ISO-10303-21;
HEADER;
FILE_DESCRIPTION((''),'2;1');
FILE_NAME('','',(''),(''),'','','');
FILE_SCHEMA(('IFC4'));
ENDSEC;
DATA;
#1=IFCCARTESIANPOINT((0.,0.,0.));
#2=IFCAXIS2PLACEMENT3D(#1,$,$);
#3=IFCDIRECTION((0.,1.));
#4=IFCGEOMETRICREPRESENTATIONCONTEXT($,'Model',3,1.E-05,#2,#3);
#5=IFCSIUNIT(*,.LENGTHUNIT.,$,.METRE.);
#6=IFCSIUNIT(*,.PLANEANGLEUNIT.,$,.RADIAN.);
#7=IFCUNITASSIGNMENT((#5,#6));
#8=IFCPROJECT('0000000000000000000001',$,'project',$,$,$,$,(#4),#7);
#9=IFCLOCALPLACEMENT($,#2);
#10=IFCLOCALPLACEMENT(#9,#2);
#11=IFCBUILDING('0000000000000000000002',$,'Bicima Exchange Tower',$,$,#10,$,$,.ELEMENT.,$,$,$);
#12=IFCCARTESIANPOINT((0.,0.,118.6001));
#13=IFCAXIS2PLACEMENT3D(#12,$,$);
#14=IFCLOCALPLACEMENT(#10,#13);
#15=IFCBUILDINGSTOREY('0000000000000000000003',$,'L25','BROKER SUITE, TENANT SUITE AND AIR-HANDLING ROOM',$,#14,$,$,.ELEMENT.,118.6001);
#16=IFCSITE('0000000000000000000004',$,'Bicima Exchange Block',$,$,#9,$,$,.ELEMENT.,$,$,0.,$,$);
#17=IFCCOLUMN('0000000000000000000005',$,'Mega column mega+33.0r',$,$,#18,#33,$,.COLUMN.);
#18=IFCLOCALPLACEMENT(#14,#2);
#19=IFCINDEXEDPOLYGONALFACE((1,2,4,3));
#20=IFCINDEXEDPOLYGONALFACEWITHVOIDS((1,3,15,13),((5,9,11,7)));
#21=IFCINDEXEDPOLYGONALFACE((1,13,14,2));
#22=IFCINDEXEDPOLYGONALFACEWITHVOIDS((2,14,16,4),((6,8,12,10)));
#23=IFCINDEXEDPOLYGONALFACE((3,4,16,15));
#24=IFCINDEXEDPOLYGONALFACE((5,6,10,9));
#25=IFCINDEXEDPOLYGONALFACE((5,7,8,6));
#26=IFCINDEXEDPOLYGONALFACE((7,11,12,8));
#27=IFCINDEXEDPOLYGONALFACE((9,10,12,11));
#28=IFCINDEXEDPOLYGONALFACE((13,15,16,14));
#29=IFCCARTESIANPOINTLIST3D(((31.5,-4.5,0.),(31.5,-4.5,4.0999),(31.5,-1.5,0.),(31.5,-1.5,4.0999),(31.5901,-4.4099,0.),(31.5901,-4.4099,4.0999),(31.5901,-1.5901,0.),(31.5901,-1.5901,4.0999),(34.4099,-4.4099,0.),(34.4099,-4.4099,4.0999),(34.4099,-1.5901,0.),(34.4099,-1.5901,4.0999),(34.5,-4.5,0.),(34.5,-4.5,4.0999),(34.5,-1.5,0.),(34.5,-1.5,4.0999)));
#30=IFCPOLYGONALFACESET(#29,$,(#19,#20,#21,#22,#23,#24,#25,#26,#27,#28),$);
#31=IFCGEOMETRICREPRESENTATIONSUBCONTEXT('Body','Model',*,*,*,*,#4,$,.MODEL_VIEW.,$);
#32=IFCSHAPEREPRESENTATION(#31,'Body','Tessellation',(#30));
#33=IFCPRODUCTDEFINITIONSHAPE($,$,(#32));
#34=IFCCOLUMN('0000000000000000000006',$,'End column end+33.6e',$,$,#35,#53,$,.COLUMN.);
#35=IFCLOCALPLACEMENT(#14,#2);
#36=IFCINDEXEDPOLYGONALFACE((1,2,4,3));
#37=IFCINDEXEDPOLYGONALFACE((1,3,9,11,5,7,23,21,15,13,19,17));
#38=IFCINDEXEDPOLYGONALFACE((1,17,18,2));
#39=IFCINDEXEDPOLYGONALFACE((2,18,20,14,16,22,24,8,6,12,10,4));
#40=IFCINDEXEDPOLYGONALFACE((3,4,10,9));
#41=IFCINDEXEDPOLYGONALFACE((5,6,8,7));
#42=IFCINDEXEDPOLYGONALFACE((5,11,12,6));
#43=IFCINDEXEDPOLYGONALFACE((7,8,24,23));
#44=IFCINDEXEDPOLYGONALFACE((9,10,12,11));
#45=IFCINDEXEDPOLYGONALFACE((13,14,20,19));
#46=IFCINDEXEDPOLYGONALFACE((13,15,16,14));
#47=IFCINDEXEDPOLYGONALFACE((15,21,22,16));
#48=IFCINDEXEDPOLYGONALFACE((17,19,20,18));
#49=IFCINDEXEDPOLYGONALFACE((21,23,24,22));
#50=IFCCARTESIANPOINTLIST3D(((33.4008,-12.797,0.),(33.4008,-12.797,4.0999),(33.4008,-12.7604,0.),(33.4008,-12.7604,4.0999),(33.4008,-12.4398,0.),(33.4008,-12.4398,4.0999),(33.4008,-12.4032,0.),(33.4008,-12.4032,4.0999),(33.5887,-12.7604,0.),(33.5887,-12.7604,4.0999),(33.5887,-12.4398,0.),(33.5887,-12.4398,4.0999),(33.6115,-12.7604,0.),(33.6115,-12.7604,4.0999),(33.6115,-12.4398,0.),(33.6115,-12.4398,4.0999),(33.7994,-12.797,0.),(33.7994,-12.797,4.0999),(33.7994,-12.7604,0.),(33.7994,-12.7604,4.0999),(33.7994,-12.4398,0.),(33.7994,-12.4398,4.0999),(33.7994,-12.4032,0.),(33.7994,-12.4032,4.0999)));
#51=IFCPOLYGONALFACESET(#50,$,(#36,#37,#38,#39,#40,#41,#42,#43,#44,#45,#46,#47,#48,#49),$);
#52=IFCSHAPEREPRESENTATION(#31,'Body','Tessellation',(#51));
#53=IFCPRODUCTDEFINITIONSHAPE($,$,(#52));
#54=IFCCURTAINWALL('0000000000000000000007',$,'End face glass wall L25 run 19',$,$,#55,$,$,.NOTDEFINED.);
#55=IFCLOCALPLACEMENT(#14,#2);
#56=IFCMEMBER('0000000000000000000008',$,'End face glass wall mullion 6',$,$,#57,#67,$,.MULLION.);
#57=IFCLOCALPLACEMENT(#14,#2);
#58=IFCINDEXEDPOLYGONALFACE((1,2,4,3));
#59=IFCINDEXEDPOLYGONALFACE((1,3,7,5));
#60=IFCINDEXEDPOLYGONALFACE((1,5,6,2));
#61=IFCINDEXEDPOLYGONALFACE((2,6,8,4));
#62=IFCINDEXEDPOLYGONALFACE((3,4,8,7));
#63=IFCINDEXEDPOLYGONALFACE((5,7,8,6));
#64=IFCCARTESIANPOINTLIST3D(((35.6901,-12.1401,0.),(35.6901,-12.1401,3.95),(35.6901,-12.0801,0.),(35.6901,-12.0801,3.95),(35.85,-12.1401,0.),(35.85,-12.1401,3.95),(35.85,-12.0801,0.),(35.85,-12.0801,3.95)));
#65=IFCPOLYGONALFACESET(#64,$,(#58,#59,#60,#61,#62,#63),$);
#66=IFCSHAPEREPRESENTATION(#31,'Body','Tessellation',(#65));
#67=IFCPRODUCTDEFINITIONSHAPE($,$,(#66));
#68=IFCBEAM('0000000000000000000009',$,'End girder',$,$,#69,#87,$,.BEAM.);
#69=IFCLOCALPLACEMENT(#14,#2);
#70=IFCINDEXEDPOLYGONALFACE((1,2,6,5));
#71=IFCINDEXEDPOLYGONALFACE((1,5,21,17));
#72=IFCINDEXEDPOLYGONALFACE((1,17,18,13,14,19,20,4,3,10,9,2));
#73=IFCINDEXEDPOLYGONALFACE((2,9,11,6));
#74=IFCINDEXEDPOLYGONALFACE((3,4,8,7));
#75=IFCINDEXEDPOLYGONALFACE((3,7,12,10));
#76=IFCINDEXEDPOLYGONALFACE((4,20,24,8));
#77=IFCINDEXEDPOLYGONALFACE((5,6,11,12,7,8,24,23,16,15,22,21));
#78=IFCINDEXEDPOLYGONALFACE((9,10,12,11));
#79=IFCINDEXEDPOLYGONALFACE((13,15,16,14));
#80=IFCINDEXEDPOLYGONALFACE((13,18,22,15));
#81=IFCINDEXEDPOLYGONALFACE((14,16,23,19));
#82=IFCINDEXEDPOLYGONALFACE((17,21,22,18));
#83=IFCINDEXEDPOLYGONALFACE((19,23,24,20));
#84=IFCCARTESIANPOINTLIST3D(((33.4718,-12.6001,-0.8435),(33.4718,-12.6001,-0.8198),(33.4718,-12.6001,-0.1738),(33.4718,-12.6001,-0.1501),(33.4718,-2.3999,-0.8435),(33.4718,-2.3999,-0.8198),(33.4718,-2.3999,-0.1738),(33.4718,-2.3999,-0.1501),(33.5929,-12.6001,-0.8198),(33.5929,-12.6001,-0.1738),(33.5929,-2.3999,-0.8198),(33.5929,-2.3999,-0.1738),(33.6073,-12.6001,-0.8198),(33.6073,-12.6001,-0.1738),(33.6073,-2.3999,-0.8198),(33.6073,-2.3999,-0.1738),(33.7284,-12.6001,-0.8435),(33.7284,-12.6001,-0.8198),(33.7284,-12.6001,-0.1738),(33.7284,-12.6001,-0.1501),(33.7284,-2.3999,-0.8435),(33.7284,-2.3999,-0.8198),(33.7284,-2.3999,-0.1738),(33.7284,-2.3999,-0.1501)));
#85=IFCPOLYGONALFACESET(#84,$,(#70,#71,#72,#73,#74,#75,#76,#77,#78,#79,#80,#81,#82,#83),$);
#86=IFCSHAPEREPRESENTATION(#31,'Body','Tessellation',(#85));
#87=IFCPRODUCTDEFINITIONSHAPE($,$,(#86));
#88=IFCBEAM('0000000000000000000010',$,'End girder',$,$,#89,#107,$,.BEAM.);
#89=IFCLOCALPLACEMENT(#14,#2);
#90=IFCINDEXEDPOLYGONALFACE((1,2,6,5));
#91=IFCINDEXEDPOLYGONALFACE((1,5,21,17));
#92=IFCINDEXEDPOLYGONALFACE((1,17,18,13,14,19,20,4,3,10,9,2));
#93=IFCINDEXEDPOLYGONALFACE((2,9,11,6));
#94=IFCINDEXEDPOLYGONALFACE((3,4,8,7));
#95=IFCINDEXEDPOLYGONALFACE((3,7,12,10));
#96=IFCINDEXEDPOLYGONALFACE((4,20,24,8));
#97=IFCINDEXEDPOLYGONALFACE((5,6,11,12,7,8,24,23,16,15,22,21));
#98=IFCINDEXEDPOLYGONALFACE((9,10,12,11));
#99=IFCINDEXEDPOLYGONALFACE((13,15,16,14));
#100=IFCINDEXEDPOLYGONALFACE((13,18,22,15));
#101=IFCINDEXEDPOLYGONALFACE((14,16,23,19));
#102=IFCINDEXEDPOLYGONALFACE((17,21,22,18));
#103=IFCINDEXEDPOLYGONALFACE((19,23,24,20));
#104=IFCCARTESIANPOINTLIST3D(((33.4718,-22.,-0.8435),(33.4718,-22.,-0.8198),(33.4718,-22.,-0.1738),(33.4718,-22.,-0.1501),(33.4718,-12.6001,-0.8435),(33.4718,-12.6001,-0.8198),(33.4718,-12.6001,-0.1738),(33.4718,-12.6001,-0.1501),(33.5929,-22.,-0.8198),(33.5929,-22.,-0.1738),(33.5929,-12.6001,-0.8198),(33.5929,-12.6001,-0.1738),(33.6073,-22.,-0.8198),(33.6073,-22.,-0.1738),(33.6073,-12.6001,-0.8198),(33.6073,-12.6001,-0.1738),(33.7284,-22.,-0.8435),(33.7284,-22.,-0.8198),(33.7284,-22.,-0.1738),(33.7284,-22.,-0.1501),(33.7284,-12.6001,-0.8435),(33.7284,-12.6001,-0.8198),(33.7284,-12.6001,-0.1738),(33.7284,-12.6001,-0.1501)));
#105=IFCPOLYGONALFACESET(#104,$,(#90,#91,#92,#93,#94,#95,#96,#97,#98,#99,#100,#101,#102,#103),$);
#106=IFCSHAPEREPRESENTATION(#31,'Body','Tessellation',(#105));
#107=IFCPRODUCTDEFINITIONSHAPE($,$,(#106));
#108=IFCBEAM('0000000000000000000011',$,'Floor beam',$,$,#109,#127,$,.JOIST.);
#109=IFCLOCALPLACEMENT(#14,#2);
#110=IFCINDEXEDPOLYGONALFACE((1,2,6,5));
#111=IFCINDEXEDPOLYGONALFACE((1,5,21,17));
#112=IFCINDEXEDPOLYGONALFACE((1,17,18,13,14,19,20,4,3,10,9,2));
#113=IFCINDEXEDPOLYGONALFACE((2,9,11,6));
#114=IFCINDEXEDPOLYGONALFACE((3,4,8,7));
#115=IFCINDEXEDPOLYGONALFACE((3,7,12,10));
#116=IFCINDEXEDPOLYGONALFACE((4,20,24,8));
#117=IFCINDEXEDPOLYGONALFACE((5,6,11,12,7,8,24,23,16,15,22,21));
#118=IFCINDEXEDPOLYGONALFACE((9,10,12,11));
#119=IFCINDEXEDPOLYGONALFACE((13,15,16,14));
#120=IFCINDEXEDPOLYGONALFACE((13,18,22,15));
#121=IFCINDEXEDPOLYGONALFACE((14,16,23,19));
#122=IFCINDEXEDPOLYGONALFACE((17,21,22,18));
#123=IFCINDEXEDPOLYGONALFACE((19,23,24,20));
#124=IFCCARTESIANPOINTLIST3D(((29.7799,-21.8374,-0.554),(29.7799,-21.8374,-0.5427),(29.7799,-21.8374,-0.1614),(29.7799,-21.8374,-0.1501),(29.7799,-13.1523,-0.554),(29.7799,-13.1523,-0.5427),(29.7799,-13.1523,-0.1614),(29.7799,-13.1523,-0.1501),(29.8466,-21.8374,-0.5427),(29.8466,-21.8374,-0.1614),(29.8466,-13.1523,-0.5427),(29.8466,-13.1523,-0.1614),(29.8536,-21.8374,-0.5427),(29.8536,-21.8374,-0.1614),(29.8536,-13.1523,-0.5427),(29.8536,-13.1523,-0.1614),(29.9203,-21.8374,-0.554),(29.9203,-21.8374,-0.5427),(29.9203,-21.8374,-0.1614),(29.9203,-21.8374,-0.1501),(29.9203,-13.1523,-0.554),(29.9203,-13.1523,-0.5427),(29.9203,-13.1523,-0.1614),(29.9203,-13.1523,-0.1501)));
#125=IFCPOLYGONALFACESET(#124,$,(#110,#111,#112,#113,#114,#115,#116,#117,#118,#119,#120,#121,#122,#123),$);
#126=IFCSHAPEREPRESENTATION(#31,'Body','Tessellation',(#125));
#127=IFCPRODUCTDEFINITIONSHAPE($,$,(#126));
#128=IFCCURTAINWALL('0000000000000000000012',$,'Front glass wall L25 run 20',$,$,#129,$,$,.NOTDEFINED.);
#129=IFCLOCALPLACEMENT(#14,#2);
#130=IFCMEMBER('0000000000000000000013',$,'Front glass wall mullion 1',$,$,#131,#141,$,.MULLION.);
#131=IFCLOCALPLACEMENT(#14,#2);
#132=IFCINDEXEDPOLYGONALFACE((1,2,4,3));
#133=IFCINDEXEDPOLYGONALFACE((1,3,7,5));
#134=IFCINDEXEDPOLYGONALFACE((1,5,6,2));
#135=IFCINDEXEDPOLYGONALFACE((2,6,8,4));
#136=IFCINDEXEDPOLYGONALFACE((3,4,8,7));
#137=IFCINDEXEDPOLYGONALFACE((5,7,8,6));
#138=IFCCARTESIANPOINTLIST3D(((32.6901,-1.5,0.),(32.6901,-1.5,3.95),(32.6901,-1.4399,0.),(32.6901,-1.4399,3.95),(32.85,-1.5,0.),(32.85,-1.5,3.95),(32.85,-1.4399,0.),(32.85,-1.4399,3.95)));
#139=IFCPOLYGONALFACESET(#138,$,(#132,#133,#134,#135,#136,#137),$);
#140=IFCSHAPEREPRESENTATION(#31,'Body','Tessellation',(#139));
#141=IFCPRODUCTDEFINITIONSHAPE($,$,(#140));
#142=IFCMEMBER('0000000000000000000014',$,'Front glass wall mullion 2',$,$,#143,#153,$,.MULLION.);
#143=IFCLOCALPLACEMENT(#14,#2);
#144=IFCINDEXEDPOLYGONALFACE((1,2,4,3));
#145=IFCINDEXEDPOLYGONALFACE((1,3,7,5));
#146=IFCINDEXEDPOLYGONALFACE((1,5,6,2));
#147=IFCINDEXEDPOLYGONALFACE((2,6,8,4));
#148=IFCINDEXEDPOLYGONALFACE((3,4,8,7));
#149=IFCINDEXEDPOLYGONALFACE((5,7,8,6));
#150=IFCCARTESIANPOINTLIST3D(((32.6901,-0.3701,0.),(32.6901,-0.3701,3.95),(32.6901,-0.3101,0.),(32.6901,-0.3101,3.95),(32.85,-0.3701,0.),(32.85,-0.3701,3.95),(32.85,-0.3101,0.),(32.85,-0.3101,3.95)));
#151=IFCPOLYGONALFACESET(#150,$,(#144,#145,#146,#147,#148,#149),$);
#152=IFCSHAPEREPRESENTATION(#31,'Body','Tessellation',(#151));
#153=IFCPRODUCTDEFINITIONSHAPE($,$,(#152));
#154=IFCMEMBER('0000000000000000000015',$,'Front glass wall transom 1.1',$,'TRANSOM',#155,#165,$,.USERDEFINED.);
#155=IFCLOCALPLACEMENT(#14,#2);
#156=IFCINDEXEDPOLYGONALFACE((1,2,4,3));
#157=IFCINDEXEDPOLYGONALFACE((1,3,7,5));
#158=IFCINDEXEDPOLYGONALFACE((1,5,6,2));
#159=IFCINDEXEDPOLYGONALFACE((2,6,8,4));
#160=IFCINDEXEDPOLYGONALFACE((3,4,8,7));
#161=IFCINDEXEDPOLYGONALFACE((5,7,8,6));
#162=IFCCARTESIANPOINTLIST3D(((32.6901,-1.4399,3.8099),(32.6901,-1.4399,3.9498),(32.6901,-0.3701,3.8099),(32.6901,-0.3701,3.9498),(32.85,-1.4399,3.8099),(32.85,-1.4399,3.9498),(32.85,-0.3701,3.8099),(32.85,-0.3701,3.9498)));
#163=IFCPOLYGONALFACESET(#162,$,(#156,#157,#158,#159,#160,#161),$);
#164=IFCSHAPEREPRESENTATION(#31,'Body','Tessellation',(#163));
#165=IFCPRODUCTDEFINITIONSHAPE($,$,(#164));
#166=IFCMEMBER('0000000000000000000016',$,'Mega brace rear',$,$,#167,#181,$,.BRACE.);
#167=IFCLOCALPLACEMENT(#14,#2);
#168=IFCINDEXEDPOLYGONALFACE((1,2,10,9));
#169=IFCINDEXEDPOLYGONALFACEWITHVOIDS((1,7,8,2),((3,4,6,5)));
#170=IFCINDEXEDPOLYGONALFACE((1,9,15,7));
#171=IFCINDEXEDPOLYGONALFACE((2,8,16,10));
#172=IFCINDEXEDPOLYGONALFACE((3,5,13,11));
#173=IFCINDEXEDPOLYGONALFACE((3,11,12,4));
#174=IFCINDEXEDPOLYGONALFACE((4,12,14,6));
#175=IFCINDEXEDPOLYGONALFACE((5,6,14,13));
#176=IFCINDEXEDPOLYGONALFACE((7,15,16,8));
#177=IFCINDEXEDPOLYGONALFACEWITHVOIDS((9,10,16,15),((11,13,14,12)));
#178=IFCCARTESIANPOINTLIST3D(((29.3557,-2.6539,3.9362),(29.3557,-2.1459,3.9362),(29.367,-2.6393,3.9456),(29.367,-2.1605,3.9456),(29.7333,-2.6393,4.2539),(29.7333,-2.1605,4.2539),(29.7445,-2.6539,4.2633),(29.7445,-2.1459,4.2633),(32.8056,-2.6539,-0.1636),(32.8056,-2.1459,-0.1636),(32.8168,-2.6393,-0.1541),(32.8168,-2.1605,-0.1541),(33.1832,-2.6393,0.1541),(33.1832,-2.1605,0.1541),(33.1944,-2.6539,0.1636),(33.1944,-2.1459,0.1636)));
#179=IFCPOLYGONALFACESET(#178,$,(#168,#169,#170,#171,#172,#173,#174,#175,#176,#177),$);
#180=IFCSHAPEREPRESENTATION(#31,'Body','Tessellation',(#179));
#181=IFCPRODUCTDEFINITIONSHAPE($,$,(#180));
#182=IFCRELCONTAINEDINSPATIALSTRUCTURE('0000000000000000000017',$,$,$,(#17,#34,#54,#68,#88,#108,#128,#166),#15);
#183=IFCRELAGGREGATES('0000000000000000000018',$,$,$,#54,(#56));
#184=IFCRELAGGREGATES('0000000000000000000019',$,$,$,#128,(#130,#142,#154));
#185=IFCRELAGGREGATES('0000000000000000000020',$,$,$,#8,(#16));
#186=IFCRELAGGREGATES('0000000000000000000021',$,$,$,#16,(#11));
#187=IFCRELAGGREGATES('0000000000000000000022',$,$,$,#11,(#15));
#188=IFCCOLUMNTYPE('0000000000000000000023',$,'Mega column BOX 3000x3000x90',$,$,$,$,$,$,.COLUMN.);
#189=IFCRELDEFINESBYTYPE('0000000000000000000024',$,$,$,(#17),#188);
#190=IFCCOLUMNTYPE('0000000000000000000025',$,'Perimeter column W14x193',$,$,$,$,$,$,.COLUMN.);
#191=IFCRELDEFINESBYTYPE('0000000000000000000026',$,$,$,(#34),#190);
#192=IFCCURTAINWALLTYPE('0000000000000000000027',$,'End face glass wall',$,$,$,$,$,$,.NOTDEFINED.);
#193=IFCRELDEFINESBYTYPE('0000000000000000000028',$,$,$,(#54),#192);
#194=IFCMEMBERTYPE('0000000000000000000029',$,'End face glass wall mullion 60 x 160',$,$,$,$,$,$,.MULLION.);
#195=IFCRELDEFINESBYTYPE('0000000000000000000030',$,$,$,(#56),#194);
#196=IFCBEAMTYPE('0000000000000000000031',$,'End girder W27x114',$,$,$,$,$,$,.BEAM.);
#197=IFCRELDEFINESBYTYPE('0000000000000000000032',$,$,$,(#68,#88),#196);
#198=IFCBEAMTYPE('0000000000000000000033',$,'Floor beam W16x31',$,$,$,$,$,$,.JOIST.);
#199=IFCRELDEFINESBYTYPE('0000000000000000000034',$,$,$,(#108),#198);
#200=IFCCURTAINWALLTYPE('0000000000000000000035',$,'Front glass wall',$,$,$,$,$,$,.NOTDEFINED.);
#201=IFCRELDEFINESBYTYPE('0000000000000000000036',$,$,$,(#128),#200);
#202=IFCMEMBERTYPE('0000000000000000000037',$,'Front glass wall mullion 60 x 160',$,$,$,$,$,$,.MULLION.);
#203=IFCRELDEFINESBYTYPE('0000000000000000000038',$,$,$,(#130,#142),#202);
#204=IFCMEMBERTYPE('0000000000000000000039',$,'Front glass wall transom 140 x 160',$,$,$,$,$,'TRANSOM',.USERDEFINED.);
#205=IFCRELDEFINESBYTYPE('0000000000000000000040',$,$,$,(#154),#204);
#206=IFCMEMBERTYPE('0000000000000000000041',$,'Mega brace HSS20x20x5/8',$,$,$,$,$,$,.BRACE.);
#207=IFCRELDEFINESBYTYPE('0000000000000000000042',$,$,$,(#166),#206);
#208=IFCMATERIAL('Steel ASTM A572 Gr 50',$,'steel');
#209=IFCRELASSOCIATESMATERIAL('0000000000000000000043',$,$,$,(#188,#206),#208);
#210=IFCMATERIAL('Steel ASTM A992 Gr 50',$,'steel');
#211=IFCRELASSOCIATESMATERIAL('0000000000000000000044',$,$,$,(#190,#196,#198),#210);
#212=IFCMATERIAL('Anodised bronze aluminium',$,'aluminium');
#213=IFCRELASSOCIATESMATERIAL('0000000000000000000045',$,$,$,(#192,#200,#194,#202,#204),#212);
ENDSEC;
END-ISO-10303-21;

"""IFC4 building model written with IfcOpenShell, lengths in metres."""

from ifc_helpers import new_model, si_unit, direction, frame, origin, origin_2d, place, context, subcontext, project, spatial, rectangle, hollow_rectangle, i_section, extrude, material, material_profile, profile_set, type_object, element, aggregate, save


model = new_model("IFC4")

# Units and contexts
model_context = context("Model", 3, precision=1e-05, world=origin(), true_north=direction((0.0, 1.0)))
body_context = subcontext(model_context, "Body", "Model", "MODEL_VIEW")
ifc_project = project(units=[si_unit("LENGTHUNIT", "METRE"), si_unit("PLANEANGLEUNIT", "RADIAN")], contexts=[model_context])

# Site, building, storey
site_placement = place(None, origin())
site = spatial("IfcSite", under=ifc_project, at=site_placement, Name="Bicima Exchange Block", CompositionType="ELEMENT", RefElevation=0.0)
building_placement = place(site_placement, origin())
building = spatial("IfcBuilding", under=site, at=building_placement, Name="Bicima Exchange Tower", CompositionType="ELEMENT")
storey_placement = place(building_placement, frame((0.0, 0.0, 118.6001)))
storey = spatial("IfcBuildingStorey", under=building, at=storey_placement, Name="L25", Description="BROKER SUITE, TENANT SUITE AND AIR-HANDLING ROOM", CompositionType="ELEMENT", Elevation=118.6001)

# Columns
ifc_material_1 = material(Name="Steel ASTM A572 Gr 50", Category="steel")
ifc_material_profile_1 = material_profile(ifc_material_1, hollow_rectangle(XDim=3.0, YDim=3.0, WallThickness=0.0901, at=origin_2d()))
ifc_profile_set_1 = profile_set([ifc_material_profile_1], Name="Steel ASTM A572 Gr 50")
column_type_1 = type_object("IfcColumnType", Name="Mega column BOX 3000x3000x90", PredefinedType="COLUMN", material=ifc_profile_set_1)
column_1_placement = place(storey_placement, frame((33.0, -3.0, 0.0), z_axis=(0.0, 0.0, 1.0), x_axis=(1.0, 0.0, 0.0)))
element("IfcColumn", 1, at=column_1_placement, inside=storey, type_object=column_type_1, Name="Mega column mega+33.0r", PredefinedType="COLUMN", context=body_context, shape_type="SweptSolid", body=[
    extrude(hollow_rectangle(XDim=3.0, YDim=3.0, WallThickness=0.0901, at=origin_2d()), origin(), (0.0, 0.0, 1.0), 4.0999),
])
ifc_material_2 = material(Name="Steel ASTM A992 Gr 50", Category="steel")
ifc_material_profile_2 = material_profile(ifc_material_2, i_section(OverallWidth=0.3987, OverallDepth=0.3938, WebThickness=0.0227, FlangeThickness=0.0366, at=origin_2d()))
ifc_profile_set_2 = profile_set([ifc_material_profile_2], Name="Steel ASTM A992 Gr 50")
column_type_2 = type_object("IfcColumnType", Name="Perimeter column W14x193", PredefinedType="COLUMN", material=ifc_profile_set_2)
column_2_placement = place(storey_placement, frame((33.6001, -12.6001, 0.0), z_axis=(0.0, 0.0, 1.0), x_axis=(1.0, 0.0, 0.0)))
element("IfcColumn", 2, at=column_2_placement, inside=storey, type_object=column_type_2, Name="End column end+33.6e", PredefinedType="COLUMN", context=body_context, shape_type="SweptSolid", body=[
    extrude(i_section(OverallWidth=0.3987, OverallDepth=0.3938, WebThickness=0.0227, FlangeThickness=0.0366, at=origin_2d()), origin(), (0.0, 0.0, 1.0), 4.0999),
])

# Curtain wall, member
ifc_material_3 = material(Name="Anodised bronze aluminium", Category="aluminium")
curtain_wall_type_1 = type_object("IfcCurtainWallType", Name="End face glass wall", PredefinedType="NOTDEFINED", material=ifc_material_3)
curtain_wall_1_placement = place(storey_placement, origin())
curtain_wall_1 = element("IfcCurtainWall", 3, at=curtain_wall_1_placement, inside=storey, type_object=curtain_wall_type_1, Name="End face glass wall L25 run 19", PredefinedType="NOTDEFINED")
ifc_material_profile_3 = material_profile(ifc_material_3, rectangle(XDim=0.1599, YDim=0.0601, at=origin_2d()))
ifc_profile_set_3 = profile_set([ifc_material_profile_3], Name="Anodised bronze aluminium")
member_type_1 = type_object("IfcMemberType", Name="End face glass wall mullion 60 x 160", PredefinedType="MULLION", material=ifc_profile_set_3)
member_1_placement = place(storey_placement, frame((35.77, -12.1101, 0.0), z_axis=(0.0, 0.0, 1.0), x_axis=(-1.0, 0.0, 0.0)))
member_1 = element("IfcMember", 4, at=member_1_placement, type_object=member_type_1, Name="End face glass wall mullion 6", PredefinedType="MULLION", context=body_context, shape_type="SweptSolid", body=[
    extrude(rectangle(XDim=0.1599, YDim=0.0601, at=origin_2d()), origin(), (0.0, 0.0, 1.0), 3.95),
])
aggregate(curtain_wall_1, [member_1])

# Beams
ifc_material_profile_4 = material_profile(ifc_material_2, i_section(OverallWidth=0.2566, OverallDepth=0.6934, WebThickness=0.0144, FlangeThickness=0.0237, at=origin_2d()))
ifc_profile_set_4 = profile_set([ifc_material_profile_4], Name="Steel ASTM A992 Gr 50")
beam_type_1 = type_object("IfcBeamType", Name="End girder W27x114", PredefinedType="BEAM", material=ifc_profile_set_4)
beam_1_placement = place(storey_placement, frame((33.6001, -2.3999, -0.4968), z_axis=(0.0, -1.0, 0.0), x_axis=(1.0, 0.0, 0.0)))
element("IfcBeam", 5, at=beam_1_placement, inside=storey, type_object=beam_type_1, Name="End girder", PredefinedType="BEAM", context=body_context, shape_type="SweptSolid", body=[
    extrude(i_section(OverallWidth=0.2566, OverallDepth=0.6934, WebThickness=0.0144, FlangeThickness=0.0237, at=origin_2d()), origin(), (0.0, 0.0, 1.0), 10.2002),
])
beam_2_placement = place(storey_placement, frame((33.6001, -12.6001, -0.4968), z_axis=(0.0, -1.0, 0.0), x_axis=(1.0, 0.0, 0.0)))
element("IfcBeam", 6, at=beam_2_placement, inside=storey, type_object=beam_type_1, Name="End girder", PredefinedType="BEAM", context=body_context, shape_type="SweptSolid", body=[
    extrude(i_section(OverallWidth=0.2566, OverallDepth=0.6934, WebThickness=0.0144, FlangeThickness=0.0237, at=origin_2d()), origin(), (0.0, 0.0, 1.0), 9.3999),
])
ifc_material_profile_5 = material_profile(ifc_material_2, i_section(OverallWidth=0.1404, OverallDepth=0.4038, WebThickness=0.0071, FlangeThickness=0.0112, at=origin_2d()))
ifc_profile_set_5 = profile_set([ifc_material_profile_5], Name="Steel ASTM A992 Gr 50")
beam_type_2 = type_object("IfcBeamType", Name="Floor beam W16x31", PredefinedType="JOIST", material=ifc_profile_set_5)
beam_3_placement = place(storey_placement, frame((29.8501, -13.1523, -0.3521), z_axis=(0.0, -1.0, 0.0), x_axis=(1.0, 0.0, 0.0)))
element("IfcBeam", 7, at=beam_3_placement, inside=storey, type_object=beam_type_2, Name="Floor beam", PredefinedType="JOIST", context=body_context, shape_type="SweptSolid", body=[
    extrude(i_section(OverallWidth=0.1404, OverallDepth=0.4038, WebThickness=0.0071, FlangeThickness=0.0112, at=origin_2d()), origin(), (0.0, 0.0, 1.0), 8.6851),
])

# Curtain wall, members
curtain_wall_type_2 = type_object("IfcCurtainWallType", Name="Front glass wall", PredefinedType="NOTDEFINED", material=ifc_material_3)
curtain_wall_2_placement = place(storey_placement, origin())
curtain_wall_2 = element("IfcCurtainWall", 8, at=curtain_wall_2_placement, inside=storey, type_object=curtain_wall_type_2, Name="Front glass wall L25 run 20", PredefinedType="NOTDEFINED")
member_type_2 = type_object("IfcMemberType", Name="Front glass wall mullion 60 x 160", PredefinedType="MULLION", material=ifc_profile_set_3)
member_2_placement = place(storey_placement, frame((32.77, -1.47, 0.0), z_axis=(0.0, 0.0, 1.0), x_axis=(-1.0, 0.0, 0.0)))
member_2 = element("IfcMember", 9, at=member_2_placement, type_object=member_type_2, Name="Front glass wall mullion 1", PredefinedType="MULLION", context=body_context, shape_type="SweptSolid", body=[
    extrude(rectangle(XDim=0.1599, YDim=0.0601, at=origin_2d()), origin(), (0.0, 0.0, 1.0), 3.95),
])
member_3_placement = place(storey_placement, frame((32.77, -0.3401, 0.0), z_axis=(0.0, 0.0, 1.0), x_axis=(-1.0, 0.0, 0.0)))
member_3 = element("IfcMember", 10, at=member_3_placement, type_object=member_type_2, Name="Front glass wall mullion 2", PredefinedType="MULLION", context=body_context, shape_type="SweptSolid", body=[
    extrude(rectangle(XDim=0.1599, YDim=0.0601, at=origin_2d()), origin(), (0.0, 0.0, 1.0), 3.95),
])
ifc_material_profile_6 = material_profile(ifc_material_3, rectangle(XDim=0.1599, YDim=0.1399, at=origin_2d()))
ifc_profile_set_6 = profile_set([ifc_material_profile_6], Name="Anodised bronze aluminium")
member_type_3 = type_object("IfcMemberType", Name="Front glass wall transom 140 x 160", ElementType="TRANSOM", PredefinedType="USERDEFINED", material=ifc_profile_set_6)
member_4_placement = place(storey_placement, frame((32.77, -1.4399, 3.8799), z_axis=(0.0, 1.0, 0.0), x_axis=(-1.0, 0.0, 0.0)))
member_4 = element("IfcMember", 11, at=member_4_placement, type_object=member_type_3, Name="Front glass wall transom 1.1", ObjectType="TRANSOM", PredefinedType="USERDEFINED", context=body_context, shape_type="SweptSolid", body=[
    extrude(rectangle(XDim=0.1599, YDim=0.1399, at=origin_2d()), origin(), (0.0, 0.0, 1.0), 1.0698),
])

# Member
ifc_material_profile_7 = material_profile(ifc_material_1, hollow_rectangle(XDim=0.5081, YDim=0.5081, WallThickness=0.0146, at=origin_2d()))
ifc_profile_set_7 = profile_set([ifc_material_profile_7], Name="Steel ASTM A572 Gr 50")
member_type_4 = type_object("IfcMemberType", Name="Mega brace HSS20x20x5/8", PredefinedType="BRACE", material=ifc_profile_set_7)
member_5_placement = place(storey_placement, frame((33.0, -2.3999, 0.0), z_axis=(-0.643856, 0.0, 0.765146), x_axis=(0.0, -1.0, 0.0)))
element("IfcMember", 12, at=member_5_placement, inside=storey, type_object=member_type_4, Name="Mega brace rear", PredefinedType="BRACE", context=body_context, shape_type="SweptSolid", body=[
    extrude(hollow_rectangle(XDim=0.5081, YDim=0.5081, WallThickness=0.0146, at=origin_2d()), origin(), (0.0, 0.0, 1.0), 5.3582),
])

aggregate(curtain_wall_2, [member_2, member_3, member_4])

save(model, "model.ifc")
